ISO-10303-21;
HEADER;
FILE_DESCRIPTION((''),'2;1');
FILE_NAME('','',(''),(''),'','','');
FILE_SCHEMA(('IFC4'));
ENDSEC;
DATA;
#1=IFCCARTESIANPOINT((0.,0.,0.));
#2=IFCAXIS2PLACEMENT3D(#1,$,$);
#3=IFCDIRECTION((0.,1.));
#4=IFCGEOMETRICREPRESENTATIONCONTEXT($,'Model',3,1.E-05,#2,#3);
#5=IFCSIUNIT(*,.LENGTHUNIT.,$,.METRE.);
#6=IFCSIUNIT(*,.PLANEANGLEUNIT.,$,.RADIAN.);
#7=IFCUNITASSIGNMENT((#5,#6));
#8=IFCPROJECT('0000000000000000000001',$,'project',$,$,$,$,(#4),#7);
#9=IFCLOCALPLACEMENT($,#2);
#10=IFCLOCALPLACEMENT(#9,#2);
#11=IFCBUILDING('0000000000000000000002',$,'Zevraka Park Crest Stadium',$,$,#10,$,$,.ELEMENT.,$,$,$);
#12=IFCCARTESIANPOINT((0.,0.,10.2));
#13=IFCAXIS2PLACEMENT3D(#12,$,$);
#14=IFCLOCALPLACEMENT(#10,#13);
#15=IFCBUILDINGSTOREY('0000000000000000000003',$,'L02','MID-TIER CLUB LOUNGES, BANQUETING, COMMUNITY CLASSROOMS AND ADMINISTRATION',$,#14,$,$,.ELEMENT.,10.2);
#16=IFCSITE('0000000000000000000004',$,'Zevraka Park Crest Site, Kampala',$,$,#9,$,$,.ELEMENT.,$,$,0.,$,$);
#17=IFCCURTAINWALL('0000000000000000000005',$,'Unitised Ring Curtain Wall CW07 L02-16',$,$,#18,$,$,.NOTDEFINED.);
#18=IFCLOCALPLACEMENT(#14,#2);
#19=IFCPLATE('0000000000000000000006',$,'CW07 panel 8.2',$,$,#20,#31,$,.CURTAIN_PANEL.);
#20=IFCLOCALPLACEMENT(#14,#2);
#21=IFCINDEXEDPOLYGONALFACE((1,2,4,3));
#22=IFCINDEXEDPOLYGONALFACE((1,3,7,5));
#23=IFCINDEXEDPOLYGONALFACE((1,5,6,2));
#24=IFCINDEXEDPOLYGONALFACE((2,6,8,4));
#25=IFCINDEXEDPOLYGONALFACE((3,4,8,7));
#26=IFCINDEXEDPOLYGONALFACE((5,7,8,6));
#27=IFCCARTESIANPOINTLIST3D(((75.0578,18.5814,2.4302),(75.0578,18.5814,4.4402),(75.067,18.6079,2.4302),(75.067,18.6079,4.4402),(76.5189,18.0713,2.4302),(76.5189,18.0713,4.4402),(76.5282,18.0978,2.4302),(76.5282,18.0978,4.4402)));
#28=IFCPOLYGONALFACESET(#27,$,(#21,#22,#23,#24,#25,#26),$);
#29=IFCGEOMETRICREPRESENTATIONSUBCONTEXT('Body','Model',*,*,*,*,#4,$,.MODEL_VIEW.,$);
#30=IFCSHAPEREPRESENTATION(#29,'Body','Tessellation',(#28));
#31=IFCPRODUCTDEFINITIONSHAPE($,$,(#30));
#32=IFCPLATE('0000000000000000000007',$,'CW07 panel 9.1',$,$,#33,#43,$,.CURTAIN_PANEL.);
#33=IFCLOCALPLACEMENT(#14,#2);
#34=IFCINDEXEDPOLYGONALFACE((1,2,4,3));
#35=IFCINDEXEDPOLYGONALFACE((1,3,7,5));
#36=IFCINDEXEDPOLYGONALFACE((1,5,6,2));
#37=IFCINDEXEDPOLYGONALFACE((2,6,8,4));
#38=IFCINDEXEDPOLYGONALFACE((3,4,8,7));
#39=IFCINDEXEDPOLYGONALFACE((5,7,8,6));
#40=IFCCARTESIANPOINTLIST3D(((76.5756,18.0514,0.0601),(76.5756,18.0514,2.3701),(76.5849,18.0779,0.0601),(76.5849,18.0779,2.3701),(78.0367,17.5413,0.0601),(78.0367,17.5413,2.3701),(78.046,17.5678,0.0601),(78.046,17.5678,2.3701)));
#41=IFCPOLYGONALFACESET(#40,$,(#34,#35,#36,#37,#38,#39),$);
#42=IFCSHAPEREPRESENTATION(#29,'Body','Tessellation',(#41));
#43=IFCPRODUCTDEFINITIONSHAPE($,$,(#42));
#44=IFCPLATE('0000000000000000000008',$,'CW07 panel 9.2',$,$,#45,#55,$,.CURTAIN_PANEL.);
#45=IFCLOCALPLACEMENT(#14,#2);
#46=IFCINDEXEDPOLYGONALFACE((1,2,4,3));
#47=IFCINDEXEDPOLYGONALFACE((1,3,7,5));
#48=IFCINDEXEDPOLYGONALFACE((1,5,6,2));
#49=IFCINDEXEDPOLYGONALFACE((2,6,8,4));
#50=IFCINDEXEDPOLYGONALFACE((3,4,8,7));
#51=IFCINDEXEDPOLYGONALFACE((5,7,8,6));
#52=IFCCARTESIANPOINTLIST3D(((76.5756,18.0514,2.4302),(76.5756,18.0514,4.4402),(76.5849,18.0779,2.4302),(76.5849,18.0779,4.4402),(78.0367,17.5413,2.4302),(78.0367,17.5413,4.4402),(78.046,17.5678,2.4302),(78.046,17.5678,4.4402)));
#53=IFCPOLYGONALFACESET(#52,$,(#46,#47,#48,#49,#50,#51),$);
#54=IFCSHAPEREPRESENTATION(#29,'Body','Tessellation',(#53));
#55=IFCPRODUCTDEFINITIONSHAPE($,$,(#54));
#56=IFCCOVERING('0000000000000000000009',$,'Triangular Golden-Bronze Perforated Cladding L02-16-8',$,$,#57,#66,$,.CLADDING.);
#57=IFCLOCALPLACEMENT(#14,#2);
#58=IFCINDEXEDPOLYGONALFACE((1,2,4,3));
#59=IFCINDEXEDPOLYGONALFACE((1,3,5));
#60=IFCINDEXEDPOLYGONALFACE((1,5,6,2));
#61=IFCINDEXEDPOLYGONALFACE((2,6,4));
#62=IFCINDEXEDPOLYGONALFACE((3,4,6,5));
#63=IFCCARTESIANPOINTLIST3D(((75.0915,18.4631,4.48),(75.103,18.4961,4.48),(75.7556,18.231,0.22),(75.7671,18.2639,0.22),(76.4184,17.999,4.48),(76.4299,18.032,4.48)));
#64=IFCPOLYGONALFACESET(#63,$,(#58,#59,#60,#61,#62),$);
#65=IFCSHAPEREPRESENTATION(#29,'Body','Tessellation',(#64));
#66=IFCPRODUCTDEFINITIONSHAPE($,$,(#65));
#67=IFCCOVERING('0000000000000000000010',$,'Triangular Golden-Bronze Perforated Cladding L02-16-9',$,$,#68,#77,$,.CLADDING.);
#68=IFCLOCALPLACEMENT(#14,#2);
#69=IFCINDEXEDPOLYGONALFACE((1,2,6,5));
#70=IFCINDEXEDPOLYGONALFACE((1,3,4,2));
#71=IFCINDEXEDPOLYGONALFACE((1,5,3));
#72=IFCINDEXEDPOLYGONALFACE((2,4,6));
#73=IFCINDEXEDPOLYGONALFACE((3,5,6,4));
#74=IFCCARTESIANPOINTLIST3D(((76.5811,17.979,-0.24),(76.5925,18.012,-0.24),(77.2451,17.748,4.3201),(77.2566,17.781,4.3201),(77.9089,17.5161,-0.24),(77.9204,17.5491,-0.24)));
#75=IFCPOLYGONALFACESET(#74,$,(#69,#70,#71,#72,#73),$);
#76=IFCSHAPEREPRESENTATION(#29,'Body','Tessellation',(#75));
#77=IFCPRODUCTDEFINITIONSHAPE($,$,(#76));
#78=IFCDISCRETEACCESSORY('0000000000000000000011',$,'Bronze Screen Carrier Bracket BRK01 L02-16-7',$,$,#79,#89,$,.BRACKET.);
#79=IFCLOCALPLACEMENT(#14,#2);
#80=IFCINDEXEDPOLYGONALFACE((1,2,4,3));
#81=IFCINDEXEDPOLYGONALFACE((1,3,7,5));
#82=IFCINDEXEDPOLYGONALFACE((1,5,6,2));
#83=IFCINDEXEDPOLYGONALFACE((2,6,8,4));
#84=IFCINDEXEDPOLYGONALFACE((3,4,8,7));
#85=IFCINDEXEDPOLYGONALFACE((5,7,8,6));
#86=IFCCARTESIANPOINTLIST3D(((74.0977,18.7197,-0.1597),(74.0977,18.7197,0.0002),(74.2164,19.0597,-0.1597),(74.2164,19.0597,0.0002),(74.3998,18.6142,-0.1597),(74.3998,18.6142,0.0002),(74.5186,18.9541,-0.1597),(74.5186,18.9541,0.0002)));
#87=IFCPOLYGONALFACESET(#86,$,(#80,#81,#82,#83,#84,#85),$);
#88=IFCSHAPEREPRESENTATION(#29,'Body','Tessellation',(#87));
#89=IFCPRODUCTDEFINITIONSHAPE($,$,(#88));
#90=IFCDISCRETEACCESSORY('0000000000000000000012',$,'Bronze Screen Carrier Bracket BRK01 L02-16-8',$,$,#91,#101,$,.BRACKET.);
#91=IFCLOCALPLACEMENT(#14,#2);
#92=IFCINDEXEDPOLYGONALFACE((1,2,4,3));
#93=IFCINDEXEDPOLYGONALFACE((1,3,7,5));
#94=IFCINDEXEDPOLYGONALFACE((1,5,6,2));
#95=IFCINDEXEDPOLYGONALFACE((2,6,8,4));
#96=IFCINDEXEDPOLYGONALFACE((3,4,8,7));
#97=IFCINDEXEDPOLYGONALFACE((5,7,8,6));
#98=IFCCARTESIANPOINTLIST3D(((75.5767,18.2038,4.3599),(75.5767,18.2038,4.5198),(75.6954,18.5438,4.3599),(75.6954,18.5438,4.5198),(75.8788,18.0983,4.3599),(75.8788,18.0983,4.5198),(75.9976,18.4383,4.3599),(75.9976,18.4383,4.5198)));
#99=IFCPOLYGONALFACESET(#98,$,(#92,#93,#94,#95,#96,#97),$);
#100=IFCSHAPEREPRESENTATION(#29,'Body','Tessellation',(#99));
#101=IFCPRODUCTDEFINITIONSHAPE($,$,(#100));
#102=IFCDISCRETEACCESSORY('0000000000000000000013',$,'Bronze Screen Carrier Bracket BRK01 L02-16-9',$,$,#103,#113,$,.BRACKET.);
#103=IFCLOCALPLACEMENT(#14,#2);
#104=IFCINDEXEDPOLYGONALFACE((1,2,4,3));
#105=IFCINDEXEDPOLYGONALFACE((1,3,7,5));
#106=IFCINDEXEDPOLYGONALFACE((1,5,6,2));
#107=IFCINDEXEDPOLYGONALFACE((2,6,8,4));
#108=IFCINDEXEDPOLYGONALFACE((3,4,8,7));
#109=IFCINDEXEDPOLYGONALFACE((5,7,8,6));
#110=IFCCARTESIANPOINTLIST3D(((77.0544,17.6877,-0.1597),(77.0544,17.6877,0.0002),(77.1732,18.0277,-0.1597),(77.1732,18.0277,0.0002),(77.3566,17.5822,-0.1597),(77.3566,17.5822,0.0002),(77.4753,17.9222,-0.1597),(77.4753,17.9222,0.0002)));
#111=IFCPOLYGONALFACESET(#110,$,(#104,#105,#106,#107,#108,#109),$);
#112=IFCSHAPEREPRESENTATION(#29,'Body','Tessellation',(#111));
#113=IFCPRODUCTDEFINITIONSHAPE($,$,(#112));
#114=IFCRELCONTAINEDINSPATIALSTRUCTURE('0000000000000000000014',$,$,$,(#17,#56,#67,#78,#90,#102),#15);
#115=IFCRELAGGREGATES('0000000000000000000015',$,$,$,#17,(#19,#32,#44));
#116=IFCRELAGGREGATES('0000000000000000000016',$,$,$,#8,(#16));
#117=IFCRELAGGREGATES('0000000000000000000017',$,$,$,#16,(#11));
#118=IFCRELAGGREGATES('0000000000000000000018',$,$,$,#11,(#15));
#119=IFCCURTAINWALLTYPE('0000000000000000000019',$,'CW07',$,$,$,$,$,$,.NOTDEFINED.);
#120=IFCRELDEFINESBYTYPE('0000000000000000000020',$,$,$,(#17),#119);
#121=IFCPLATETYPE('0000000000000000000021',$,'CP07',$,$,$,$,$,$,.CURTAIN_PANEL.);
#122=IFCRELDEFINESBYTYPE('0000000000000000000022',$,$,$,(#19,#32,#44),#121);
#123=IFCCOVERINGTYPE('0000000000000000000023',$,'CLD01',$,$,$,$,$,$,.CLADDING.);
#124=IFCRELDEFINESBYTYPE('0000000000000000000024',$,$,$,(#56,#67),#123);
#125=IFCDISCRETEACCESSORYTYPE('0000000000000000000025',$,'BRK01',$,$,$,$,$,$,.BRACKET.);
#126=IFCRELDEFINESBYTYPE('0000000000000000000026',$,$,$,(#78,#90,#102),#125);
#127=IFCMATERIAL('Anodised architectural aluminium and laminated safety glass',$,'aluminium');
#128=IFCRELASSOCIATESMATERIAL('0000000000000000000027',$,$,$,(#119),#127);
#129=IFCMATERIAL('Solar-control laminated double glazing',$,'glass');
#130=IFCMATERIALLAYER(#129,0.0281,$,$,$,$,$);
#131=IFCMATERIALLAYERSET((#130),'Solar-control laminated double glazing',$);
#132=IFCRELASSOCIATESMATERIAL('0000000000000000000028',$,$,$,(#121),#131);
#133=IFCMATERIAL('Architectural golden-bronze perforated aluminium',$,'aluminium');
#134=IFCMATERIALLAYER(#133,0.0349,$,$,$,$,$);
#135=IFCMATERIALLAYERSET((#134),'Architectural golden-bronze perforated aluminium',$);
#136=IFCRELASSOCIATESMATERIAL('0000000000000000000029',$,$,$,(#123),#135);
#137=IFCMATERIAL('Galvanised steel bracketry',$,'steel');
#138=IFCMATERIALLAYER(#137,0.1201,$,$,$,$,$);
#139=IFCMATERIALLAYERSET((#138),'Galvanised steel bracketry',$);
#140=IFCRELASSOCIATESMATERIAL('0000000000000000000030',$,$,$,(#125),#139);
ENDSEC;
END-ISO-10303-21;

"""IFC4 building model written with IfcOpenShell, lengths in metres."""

from ifc_helpers import new_model, si_unit, direction, frame, origin, origin_2d, place, context, subcontext, project, spatial, polyline, rectangle, outline, extrude, material, layer, layer_set, type_object, element, aggregate, save


model = new_model("IFC4")

# Units and contexts
model_context = context("Model", 3, precision=1e-05, world=origin(), true_north=direction((0.0, 1.0)))
body_context = subcontext(model_context, "Body", "Model", "MODEL_VIEW")
ifc_project = project(units=[si_unit("LENGTHUNIT", "METRE"), si_unit("PLANEANGLEUNIT", "RADIAN")], contexts=[model_context])

# Site, building, storey
site_placement = place(None, origin())
site = spatial("IfcSite", under=ifc_project, at=site_placement, Name="Zevraka Park Crest Site, Kampala", CompositionType="ELEMENT", RefElevation=0.0)
building_placement = place(site_placement, origin())
building = spatial("IfcBuilding", under=site, at=building_placement, Name="Zevraka Park Crest Stadium", CompositionType="ELEMENT")
storey_placement = place(building_placement, frame((0.0, 0.0, 10.2)))
storey = spatial("IfcBuildingStorey", under=building, at=storey_placement, Name="L02", Description="MID-TIER CLUB LOUNGES, BANQUETING, COMMUNITY CLASSROOMS AND ADMINISTRATION", CompositionType="ELEMENT", Elevation=10.2)

# Curtain wall
ifc_material_1 = material(Name="Anodised architectural aluminium and laminated safety glass", Category="aluminium")
curtain_wall_type = type_object("IfcCurtainWallType", Name="CW07", PredefinedType="NOTDEFINED", material=ifc_material_1)
curtain_wall_placement = place(storey_placement, origin())
curtain_wall = element("IfcCurtainWall", 1, at=curtain_wall_placement, inside=storey, type_object=curtain_wall_type, Name="Unitised Ring Curtain Wall CW07 L02-16", PredefinedType="NOTDEFINED")

# Plates
ifc_material_2 = material(Name="Solar-control laminated double glazing", Category="glass")
ifc_layer_1 = layer(ifc_material_2, 0.0281)
ifc_layer_set_1 = layer_set([ifc_layer_1], Name="Solar-control laminated double glazing")
plate_type = type_object("IfcPlateType", Name="CP07", PredefinedType="CURTAIN_PANEL", material=ifc_layer_set_1)
plate_1_placement = place(storey_placement, frame((75.793, 18.3396, 2.4302), z_axis=(0.0, 0.0, 1.0), x_axis=(0.944114, -0.329619, 0.0)))
plate_1 = element("IfcPlate", 2, at=plate_1_placement, type_object=plate_type, Name="CW07 panel 8.2", PredefinedType="CURTAIN_PANEL", context=body_context, shape_type="SweptSolid", body=[
    extrude(rectangle(XDim=1.5476, YDim=0.0281, at=origin_2d()), origin(), (0.0, 0.0, 1.0), 2.01),
])
plate_2_placement = place(storey_placement, frame((77.3108, 17.8096, 0.0601), z_axis=(0.0, 0.0, 1.0), x_axis=(0.944114, -0.329619, 0.0)))
plate_2 = element("IfcPlate", 3, at=plate_2_placement, type_object=plate_type, Name="CW07 panel 9.1", PredefinedType="CURTAIN_PANEL", context=body_context, shape_type="SweptSolid", body=[
    extrude(rectangle(XDim=1.5476, YDim=0.0281, at=origin_2d()), origin(), (0.0, 0.0, 1.0), 2.3101),
])
plate_3_placement = place(storey_placement, frame((77.3108, 17.8096, 2.4302), z_axis=(0.0, 0.0, 1.0), x_axis=(0.944114, -0.329619, 0.0)))
plate_3 = element("IfcPlate", 4, at=plate_3_placement, type_object=plate_type, Name="CW07 panel 9.2", PredefinedType="CURTAIN_PANEL", context=body_context, shape_type="SweptSolid", body=[
    extrude(rectangle(XDim=1.5476, YDim=0.0281, at=origin_2d()), origin(), (0.0, 0.0, 1.0), 2.01),
])
aggregate(curtain_wall, [plate_1, plate_2, plate_3])

# Coverings
ifc_material_3 = material(Name="Architectural golden-bronze perforated aluminium", Category="aluminium")
ifc_layer_2 = layer(ifc_material_3, 0.0349)
ifc_layer_set_2 = layer_set([ifc_layer_2], Name="Architectural golden-bronze perforated aluminium")
covering_type = type_object("IfcCoveringType", Name="CLD01", PredefinedType="CLADDING", material=ifc_layer_set_2)
covering_1_placement = place(storey_placement, frame((76.4299, 18.032, 4.48), z_axis=(0.330157, 0.943926, 0.00002), x_axis=(-0.943926, 0.330157, 0.0)))
element("IfcCovering", 5, at=covering_1_placement, inside=storey, type_object=covering_type, Name="Triangular Golden-Bronze Perforated Cladding L02-16-8", PredefinedType="CLADDING", context=body_context, shape_type="SweptSolid", body=[
    extrude(outline(polyline([(0.0, 0.0), (1.4057, 0.0), (0.7022, -4.26), (0.0, 0.0)])), origin(), (0.0, 0.0, -1.0), 0.0349),
])
covering_2_placement = place(storey_placement, frame((76.5811, 17.979, -0.24), z_axis=(-0.329167, -0.944272, 0.00011), x_axis=(0.944272, -0.329167, 0.0)))
element("IfcCovering", 6, at=covering_2_placement, inside=storey, type_object=covering_type, Name="Triangular Golden-Bronze Perforated Cladding L02-16-9", PredefinedType="CLADDING", context=body_context, shape_type="SweptSolid", body=[
    extrude(outline(polyline([(0.0, 0.0), (1.4062, 0.0), (0.7031, 4.5601), (0.0, 0.0)])), origin(), (0.0, 0.0, -1.0), 0.0349),
])

# Discrete accessories
ifc_material_4 = material(Name="Galvanised steel bracketry", Category="steel")
ifc_layer_3 = layer(ifc_material_4, 0.1201)
ifc_layer_set_3 = layer_set([ifc_layer_3], Name="Galvanised steel bracketry")
discrete_accessory_type = type_object("IfcDiscreteAccessoryType", Name="BRK01", PredefinedType="BRACKET", material=ifc_layer_set_3)
for number, where, z_axis, x_axis, name in (
    (7, (74.3081, 18.8369, -0.1597), (0.0, 0.0, 1.0), (0.944089, -0.329691, 0.0), "Bronze Screen Carrier Bracket BRK01 L02-16-7"),
    (8, (75.7871, 18.321, 4.3599), (0.0, 0.0, 1.0), (0.944089, -0.329691, 0.0), "Bronze Screen Carrier Bracket BRK01 L02-16-8"),
    (9, (77.2649, 17.8049, -0.1597), (0.0, 0.0, 1.0), (0.944089, -0.329691, 0.0), "Bronze Screen Carrier Bracket BRK01 L02-16-9"),
):
    element("IfcDiscreteAccessory", number, at=place(storey_placement, frame(where, z_axis=z_axis, x_axis=x_axis)), inside=storey, type_object=discrete_accessory_type, Name=name, PredefinedType="BRACKET", context=body_context, shape_type="SweptSolid", body=[
        extrude(rectangle(XDim=0.3201, YDim=0.3601, at=origin_2d()), origin(), (0.0, 0.0, 1.0), 0.1599),
    ])

save(model, "model.ifc")
